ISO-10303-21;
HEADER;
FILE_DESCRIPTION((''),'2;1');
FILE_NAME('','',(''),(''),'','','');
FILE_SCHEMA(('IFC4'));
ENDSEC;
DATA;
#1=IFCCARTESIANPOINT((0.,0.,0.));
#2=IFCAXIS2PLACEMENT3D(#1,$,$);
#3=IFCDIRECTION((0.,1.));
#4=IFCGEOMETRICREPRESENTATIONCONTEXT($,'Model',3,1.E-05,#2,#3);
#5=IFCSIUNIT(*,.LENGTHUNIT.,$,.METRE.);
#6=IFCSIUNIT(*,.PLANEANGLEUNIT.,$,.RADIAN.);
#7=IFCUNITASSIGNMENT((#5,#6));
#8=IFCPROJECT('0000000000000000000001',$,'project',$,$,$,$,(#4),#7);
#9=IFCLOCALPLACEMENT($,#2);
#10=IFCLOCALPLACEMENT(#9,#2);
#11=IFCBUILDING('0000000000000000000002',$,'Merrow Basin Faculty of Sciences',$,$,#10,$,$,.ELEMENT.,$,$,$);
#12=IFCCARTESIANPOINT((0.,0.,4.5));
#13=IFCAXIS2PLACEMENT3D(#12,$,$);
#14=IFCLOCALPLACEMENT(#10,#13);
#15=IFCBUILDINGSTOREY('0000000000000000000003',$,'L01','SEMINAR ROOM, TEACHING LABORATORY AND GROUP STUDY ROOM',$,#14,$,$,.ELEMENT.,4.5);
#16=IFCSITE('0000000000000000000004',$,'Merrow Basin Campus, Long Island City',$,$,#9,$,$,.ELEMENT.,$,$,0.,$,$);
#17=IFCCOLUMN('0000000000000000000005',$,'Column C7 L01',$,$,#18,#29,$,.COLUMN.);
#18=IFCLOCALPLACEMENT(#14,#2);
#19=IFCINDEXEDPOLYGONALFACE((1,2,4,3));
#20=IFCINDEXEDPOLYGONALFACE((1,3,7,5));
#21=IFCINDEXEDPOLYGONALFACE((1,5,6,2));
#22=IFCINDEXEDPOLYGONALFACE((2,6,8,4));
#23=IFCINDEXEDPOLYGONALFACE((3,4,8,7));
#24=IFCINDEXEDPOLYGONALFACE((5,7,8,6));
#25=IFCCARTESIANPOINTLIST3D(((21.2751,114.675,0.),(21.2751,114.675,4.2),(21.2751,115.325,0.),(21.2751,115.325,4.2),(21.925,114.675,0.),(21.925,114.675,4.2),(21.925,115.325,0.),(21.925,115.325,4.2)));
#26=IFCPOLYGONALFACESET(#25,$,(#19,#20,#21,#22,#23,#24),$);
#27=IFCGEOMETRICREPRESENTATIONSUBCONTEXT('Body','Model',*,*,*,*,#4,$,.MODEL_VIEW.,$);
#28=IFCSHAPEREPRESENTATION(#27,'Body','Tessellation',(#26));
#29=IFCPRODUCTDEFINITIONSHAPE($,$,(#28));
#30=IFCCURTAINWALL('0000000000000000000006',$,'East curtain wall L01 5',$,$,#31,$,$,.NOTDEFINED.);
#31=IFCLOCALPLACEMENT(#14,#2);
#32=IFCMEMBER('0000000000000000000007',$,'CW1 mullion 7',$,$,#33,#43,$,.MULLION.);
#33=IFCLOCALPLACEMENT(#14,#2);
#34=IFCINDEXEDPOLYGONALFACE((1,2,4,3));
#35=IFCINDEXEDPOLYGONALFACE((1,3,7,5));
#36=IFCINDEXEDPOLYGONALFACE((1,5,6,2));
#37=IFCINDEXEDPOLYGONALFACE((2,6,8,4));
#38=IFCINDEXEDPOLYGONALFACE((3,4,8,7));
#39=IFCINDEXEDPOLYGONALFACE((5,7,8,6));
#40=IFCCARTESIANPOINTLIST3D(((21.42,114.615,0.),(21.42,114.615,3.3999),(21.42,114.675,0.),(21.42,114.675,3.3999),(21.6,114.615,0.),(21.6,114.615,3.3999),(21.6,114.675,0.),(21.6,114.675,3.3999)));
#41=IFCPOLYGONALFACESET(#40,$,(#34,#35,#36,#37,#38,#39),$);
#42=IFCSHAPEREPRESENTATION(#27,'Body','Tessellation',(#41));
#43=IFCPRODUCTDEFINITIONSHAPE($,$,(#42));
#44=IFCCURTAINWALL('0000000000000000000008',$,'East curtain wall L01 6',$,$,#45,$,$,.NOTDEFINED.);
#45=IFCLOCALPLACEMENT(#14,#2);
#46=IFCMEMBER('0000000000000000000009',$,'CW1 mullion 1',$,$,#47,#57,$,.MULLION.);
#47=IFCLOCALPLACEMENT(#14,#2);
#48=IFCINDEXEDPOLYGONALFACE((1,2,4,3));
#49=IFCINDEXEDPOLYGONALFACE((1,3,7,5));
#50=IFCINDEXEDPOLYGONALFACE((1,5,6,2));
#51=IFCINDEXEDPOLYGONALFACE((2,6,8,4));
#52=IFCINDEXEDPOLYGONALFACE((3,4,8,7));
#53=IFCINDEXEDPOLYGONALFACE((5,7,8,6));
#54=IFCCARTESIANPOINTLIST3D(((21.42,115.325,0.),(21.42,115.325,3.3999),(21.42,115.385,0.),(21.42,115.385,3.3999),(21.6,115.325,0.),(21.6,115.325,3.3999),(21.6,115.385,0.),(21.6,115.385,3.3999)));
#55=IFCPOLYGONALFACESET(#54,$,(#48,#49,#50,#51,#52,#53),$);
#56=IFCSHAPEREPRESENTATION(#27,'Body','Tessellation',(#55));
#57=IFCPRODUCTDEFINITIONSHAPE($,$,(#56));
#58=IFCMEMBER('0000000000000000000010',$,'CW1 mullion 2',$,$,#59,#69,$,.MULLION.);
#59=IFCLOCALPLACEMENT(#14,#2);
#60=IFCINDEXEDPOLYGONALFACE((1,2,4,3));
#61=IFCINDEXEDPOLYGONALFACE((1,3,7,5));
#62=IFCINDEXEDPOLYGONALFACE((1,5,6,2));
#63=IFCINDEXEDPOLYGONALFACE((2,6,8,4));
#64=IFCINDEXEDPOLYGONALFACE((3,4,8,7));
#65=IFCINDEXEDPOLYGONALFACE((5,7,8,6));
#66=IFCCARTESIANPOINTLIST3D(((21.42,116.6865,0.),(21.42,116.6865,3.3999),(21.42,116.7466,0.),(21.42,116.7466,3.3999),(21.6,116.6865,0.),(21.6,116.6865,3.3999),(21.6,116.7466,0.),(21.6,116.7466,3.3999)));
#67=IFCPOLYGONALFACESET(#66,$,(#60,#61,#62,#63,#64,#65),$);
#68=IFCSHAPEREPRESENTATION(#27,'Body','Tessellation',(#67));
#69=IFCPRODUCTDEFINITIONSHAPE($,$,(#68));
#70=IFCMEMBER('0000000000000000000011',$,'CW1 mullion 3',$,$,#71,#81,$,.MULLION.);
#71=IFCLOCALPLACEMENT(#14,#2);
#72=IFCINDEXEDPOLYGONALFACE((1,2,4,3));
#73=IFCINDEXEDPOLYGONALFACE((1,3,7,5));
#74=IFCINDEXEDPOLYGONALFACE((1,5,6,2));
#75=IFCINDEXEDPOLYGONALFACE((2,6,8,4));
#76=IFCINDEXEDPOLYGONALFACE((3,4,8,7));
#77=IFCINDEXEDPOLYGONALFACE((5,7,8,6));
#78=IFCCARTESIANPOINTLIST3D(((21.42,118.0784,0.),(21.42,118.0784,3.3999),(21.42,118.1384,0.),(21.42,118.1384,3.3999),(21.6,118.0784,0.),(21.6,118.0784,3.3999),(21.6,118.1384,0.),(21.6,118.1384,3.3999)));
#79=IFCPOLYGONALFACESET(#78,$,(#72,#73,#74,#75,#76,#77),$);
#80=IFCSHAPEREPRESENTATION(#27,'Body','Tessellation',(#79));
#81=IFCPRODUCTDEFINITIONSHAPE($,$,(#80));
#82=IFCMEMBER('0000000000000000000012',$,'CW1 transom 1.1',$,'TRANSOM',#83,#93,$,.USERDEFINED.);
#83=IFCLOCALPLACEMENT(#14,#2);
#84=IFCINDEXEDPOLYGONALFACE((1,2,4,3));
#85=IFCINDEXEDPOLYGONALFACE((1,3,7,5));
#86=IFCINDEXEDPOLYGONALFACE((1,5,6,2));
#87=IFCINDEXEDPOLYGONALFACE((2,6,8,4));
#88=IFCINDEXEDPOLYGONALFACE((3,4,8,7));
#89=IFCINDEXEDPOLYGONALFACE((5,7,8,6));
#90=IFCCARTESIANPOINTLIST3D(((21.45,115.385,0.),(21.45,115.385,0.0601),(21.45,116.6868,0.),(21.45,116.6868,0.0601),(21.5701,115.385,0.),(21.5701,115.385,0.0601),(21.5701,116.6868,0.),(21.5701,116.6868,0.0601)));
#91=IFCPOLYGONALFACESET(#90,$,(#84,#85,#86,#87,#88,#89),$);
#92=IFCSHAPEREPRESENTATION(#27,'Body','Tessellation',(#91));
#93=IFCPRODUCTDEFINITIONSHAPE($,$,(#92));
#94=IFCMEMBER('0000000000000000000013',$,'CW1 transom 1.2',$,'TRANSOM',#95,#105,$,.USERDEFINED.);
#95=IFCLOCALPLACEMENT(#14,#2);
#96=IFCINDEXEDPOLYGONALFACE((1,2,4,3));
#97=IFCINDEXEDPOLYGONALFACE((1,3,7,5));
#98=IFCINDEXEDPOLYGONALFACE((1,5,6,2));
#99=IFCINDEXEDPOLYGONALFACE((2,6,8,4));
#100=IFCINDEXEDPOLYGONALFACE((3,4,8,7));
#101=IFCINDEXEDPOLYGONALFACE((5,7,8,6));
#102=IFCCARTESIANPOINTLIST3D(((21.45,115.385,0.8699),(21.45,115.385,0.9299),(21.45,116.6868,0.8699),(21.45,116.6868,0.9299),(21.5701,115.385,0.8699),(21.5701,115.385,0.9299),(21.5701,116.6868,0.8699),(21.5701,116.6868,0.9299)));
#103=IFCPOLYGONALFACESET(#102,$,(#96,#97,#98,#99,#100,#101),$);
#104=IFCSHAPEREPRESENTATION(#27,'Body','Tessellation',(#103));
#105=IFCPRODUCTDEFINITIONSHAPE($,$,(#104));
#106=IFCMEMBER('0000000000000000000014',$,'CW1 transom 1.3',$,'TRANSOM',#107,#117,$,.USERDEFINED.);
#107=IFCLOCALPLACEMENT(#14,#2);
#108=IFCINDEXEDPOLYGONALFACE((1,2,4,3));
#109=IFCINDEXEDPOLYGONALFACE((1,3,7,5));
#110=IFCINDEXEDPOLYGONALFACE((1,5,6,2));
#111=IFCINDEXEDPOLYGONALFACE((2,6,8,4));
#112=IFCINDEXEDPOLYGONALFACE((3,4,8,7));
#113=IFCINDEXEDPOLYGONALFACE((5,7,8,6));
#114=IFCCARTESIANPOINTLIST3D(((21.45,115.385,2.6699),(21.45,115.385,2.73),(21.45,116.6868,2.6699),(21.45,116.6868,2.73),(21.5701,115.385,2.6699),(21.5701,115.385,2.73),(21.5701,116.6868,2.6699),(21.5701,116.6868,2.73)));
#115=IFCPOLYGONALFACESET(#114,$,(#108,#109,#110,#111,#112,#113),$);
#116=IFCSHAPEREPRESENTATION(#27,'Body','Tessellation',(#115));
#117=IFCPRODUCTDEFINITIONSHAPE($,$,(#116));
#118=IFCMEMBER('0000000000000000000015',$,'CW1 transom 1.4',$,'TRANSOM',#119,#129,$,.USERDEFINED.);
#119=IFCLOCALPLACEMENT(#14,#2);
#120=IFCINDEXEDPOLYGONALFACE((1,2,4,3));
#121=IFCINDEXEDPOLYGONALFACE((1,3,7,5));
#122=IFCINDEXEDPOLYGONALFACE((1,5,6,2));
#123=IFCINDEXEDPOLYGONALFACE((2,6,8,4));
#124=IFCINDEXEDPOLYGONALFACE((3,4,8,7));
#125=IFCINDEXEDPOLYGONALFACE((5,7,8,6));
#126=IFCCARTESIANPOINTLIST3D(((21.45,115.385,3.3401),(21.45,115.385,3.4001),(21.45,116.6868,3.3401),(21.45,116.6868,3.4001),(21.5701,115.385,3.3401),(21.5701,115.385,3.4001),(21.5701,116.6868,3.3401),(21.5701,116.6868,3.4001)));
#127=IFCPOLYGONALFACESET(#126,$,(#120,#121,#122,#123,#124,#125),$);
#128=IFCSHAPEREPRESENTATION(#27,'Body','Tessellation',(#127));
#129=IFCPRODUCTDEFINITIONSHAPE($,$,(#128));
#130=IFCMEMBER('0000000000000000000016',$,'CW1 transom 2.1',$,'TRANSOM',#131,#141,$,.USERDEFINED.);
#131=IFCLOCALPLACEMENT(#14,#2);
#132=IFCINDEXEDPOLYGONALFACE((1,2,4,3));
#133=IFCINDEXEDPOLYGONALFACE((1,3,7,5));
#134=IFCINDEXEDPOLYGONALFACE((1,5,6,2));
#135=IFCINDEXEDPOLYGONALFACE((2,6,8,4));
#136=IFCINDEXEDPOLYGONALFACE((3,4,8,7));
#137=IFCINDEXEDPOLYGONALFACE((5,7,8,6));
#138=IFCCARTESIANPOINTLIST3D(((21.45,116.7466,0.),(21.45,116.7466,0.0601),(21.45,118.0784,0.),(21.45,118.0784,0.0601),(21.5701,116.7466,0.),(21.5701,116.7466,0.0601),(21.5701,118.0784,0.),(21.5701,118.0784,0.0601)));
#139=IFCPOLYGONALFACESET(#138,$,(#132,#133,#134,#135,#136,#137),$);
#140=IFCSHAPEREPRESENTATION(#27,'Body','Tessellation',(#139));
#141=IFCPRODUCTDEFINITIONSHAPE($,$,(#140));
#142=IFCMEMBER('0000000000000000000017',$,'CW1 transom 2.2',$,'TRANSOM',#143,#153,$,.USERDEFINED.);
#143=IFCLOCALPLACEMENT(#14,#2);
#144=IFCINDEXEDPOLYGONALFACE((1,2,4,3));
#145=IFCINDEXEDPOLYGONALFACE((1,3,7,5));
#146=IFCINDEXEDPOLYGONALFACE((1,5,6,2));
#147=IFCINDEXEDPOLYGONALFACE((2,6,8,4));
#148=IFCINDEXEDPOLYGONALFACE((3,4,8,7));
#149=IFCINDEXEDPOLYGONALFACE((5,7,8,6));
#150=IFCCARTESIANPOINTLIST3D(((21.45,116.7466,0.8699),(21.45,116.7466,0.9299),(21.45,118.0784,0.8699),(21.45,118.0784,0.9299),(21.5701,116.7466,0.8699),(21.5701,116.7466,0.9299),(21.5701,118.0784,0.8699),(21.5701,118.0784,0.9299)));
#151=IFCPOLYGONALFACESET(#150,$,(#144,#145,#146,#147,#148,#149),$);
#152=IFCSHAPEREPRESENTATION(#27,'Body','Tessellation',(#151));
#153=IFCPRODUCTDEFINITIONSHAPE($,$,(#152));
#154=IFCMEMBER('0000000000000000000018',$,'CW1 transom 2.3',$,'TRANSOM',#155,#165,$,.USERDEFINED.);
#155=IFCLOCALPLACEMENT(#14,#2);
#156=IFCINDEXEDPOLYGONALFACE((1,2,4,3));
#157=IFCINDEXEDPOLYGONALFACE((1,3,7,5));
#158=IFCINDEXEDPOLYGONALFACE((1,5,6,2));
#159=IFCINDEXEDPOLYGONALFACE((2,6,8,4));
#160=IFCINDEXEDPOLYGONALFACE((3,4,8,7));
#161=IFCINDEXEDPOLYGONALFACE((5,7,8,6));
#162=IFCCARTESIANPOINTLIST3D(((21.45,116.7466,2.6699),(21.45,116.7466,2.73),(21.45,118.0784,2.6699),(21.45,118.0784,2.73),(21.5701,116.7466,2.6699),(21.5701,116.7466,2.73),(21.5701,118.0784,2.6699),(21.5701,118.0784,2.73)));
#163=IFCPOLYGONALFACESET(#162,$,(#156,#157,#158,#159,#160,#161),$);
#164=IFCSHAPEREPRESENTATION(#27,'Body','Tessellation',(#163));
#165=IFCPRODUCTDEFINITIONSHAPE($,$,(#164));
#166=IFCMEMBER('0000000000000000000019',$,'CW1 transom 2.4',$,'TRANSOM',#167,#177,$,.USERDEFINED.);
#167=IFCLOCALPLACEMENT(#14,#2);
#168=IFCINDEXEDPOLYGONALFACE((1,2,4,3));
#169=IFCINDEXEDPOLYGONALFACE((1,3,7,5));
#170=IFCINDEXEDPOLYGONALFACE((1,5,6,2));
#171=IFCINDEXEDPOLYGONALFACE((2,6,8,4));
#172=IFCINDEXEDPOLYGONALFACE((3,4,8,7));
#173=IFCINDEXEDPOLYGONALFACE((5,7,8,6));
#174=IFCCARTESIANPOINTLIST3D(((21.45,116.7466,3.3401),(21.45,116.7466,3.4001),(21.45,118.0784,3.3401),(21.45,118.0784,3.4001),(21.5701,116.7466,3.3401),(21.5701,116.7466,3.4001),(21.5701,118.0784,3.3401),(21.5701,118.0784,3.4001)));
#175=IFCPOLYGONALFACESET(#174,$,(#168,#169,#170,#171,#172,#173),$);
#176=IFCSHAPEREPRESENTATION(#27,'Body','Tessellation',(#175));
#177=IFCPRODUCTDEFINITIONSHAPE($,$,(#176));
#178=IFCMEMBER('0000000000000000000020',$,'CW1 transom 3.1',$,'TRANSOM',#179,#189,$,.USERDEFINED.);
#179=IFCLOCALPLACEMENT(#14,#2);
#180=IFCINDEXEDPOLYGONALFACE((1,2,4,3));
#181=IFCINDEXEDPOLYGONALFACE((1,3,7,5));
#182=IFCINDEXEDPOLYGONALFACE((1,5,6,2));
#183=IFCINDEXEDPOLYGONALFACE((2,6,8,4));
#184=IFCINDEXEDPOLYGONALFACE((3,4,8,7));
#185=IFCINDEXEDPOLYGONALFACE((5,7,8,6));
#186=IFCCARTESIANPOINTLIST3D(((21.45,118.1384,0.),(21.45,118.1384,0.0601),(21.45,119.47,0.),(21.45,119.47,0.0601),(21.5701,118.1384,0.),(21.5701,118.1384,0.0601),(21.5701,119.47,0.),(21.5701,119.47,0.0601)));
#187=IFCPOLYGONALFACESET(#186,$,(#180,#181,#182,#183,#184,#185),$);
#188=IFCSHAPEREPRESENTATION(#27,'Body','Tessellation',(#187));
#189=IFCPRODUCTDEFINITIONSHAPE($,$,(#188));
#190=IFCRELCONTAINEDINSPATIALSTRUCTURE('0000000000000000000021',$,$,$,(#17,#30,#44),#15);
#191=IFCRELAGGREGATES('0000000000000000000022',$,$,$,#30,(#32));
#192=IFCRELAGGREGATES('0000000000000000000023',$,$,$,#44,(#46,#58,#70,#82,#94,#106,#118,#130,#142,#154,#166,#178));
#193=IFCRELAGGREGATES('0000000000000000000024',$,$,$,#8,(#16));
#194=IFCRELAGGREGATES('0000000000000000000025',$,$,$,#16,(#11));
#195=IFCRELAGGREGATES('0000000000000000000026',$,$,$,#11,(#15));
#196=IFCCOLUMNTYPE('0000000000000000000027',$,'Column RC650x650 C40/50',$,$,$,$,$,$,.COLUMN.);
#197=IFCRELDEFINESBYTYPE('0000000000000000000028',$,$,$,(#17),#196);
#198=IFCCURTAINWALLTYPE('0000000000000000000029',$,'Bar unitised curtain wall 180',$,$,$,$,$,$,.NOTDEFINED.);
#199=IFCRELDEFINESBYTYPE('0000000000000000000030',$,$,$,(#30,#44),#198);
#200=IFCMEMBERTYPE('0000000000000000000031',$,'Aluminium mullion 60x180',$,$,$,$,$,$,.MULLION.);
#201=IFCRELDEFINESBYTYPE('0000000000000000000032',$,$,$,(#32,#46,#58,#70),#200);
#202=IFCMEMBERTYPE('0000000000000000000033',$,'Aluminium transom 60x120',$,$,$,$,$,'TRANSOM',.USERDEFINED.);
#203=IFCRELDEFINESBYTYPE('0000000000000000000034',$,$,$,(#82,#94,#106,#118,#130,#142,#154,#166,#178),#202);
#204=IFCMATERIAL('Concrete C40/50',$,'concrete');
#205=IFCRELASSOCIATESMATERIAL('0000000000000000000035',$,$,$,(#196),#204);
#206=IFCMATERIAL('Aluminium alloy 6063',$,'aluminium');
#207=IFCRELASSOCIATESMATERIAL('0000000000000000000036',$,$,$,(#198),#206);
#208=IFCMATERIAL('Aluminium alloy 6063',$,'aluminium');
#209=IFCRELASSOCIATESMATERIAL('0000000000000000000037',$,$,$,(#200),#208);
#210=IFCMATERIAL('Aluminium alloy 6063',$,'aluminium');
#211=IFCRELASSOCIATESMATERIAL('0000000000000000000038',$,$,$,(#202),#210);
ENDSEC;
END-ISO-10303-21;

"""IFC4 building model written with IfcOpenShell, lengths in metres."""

from ifc_helpers import new_model, si_unit, direction, frame, origin, origin_2d, place, context, subcontext, project, spatial, rectangle, extrude, material, material_profile, profile_set, type_object, element, aggregate, save


model = new_model("IFC4")

# Units and contexts
model_context = context("Model", 3, precision=1e-05, world=origin(), true_north=direction((0.0, 1.0)))
body_context = subcontext(model_context, "Body", "Model", "MODEL_VIEW")
ifc_project = project(units=[si_unit("LENGTHUNIT", "METRE"), si_unit("PLANEANGLEUNIT", "RADIAN")], contexts=[model_context])

# Site, building, storey
site_placement = place(None, origin())
site = spatial("IfcSite", under=ifc_project, at=site_placement, Name="Merrow Basin Campus, Long Island City", CompositionType="ELEMENT", RefElevation=0.0)
building_placement = place(site_placement, origin())
building = spatial("IfcBuilding", under=site, at=building_placement, Name="Merrow Basin Faculty of Sciences", CompositionType="ELEMENT")
storey_placement = place(building_placement, frame((0.0, 0.0, 4.5)))
storey = spatial("IfcBuildingStorey", under=building, at=storey_placement, Name="L01", Description="SEMINAR ROOM, TEACHING LABORATORY AND GROUP STUDY ROOM", CompositionType="ELEMENT", Elevation=4.5)

# Column
ifc_material_1 = material(Name="Concrete C40/50", Category="concrete")
ifc_material_profile_1 = material_profile(ifc_material_1, rectangle(XDim=0.6499, YDim=0.6499, at=origin_2d()))
ifc_profile_set_1 = profile_set([ifc_material_profile_1], Name="Concrete C40/50")
column_type = type_object("IfcColumnType", Name="Column RC650x650 C40/50", PredefinedType="COLUMN", material=ifc_profile_set_1)
column_placement = place(storey_placement, frame((21.6001, 115.0, 0.0), z_axis=(0.0, 0.0, 1.0), x_axis=(1.0, 0.0, 0.0)))
element("IfcColumn", 1, at=column_placement, inside=storey, type_object=column_type, Name="Column C7 L01", PredefinedType="COLUMN", context=body_context, shape_type="SweptSolid", body=[
    extrude(rectangle(XDim=0.6499, YDim=0.6499, at=origin_2d()), origin(), (0.0, 0.0, 1.0), 4.2),
])

# Curtain wall, member
ifc_material_2 = material(Name="Aluminium alloy 6063", Category="aluminium")
curtain_wall_type = type_object("IfcCurtainWallType", Name="Bar unitised curtain wall 180", PredefinedType="NOTDEFINED", material=ifc_material_2)
curtain_wall_1_placement = place(storey_placement, origin())
curtain_wall_1 = element("IfcCurtainWall", 2, at=curtain_wall_1_placement, inside=storey, type_object=curtain_wall_type, Name="East curtain wall L01 5", PredefinedType="NOTDEFINED")
ifc_material_3 = material(Name="Aluminium alloy 6063", Category="aluminium")
ifc_material_profile_2 = material_profile(ifc_material_3, rectangle(XDim=0.1799, YDim=0.0601, at=origin_2d()))
ifc_profile_set_2 = profile_set([ifc_material_profile_2], Name="Aluminium alloy 6063")
member_type_1 = type_object("IfcMemberType", Name="Aluminium mullion 60x180", PredefinedType="MULLION", material=ifc_profile_set_2)
member_1_placement = place(storey_placement, frame((21.51, 114.645, 0.0), z_axis=(0.0, 0.0, 1.0), x_axis=(-1.0, 0.0, 0.0)))
member_1 = element("IfcMember", 3, at=member_1_placement, type_object=member_type_1, Name="CW1 mullion 7", PredefinedType="MULLION", context=body_context, shape_type="SweptSolid", body=[
    extrude(rectangle(XDim=0.1799, YDim=0.0601, at=origin_2d()), origin(), (0.0, 0.0, 1.0), 3.3999),
])

# Curtain wall, members
curtain_wall_2_placement = place(storey_placement, origin())
curtain_wall_2 = element("IfcCurtainWall", 4, at=curtain_wall_2_placement, inside=storey, type_object=curtain_wall_type, Name="East curtain wall L01 6", PredefinedType="NOTDEFINED")
member_2_placement = place(storey_placement, frame((21.51, 115.355, 0.0), z_axis=(0.0, 0.0, 1.0), x_axis=(-1.0, 0.0, 0.0)))
member_2 = element("IfcMember", 5, at=member_2_placement, type_object=member_type_1, Name="CW1 mullion 1", PredefinedType="MULLION", context=body_context, shape_type="SweptSolid", body=[
    extrude(rectangle(XDim=0.1799, YDim=0.0601, at=origin_2d()), origin(), (0.0, 0.0, 1.0), 3.3999),
])
member_3_placement = place(storey_placement, frame((21.51, 116.7166, 0.0), z_axis=(0.0, 0.0, 1.0), x_axis=(-1.0, 0.0, 0.0)))
member_3 = element("IfcMember", 6, at=member_3_placement, type_object=member_type_1, Name="CW1 mullion 2", PredefinedType="MULLION", context=body_context, shape_type="SweptSolid", body=[
    extrude(rectangle(XDim=0.1799, YDim=0.0601, at=origin_2d()), origin(), (0.0, 0.0, 1.0), 3.3999),
])
member_4_placement = place(storey_placement, frame((21.51, 118.1084, 0.0), z_axis=(0.0, 0.0, 1.0), x_axis=(-1.0, 0.0, 0.0)))
member_4 = element("IfcMember", 7, at=member_4_placement, type_object=member_type_1, Name="CW1 mullion 3", PredefinedType="MULLION", context=body_context, shape_type="SweptSolid", body=[
    extrude(rectangle(XDim=0.1799, YDim=0.0601, at=origin_2d()), origin(), (0.0, 0.0, 1.0), 3.3999),
])
ifc_material_4 = material(Name="Aluminium alloy 6063", Category="aluminium")
ifc_material_profile_3 = material_profile(ifc_material_4, rectangle(XDim=0.1201, YDim=0.0601, at=origin_2d()))
ifc_profile_set_3 = profile_set([ifc_material_profile_3], Name="Aluminium alloy 6063")
member_type_2 = type_object("IfcMemberType", Name="Aluminium transom 60x120", ElementType="TRANSOM", PredefinedType="USERDEFINED", material=ifc_profile_set_3)
member_5_placement = place(storey_placement, frame((21.51, 115.385, 0.03), z_axis=(0.0, 1.0, 0.0), x_axis=(-1.0, 0.0, 0.0)))
member_5 = element("IfcMember", 8, at=member_5_placement, type_object=member_type_2, Name="CW1 transom 1.1", ObjectType="TRANSOM", PredefinedType="USERDEFINED", context=body_context, shape_type="SweptSolid", body=[
    extrude(rectangle(XDim=0.1201, YDim=0.0601, at=origin_2d()), origin(), (0.0, 0.0, 1.0), 1.3018),
])
member_6_placement = place(storey_placement, frame((21.51, 115.385, 0.8999), z_axis=(0.0, 1.0, 0.0), x_axis=(-1.0, 0.0, 0.0)))
member_6 = element("IfcMember", 9, at=member_6_placement, type_object=member_type_2, Name="CW1 transom 1.2", ObjectType="TRANSOM", PredefinedType="USERDEFINED", context=body_context, shape_type="SweptSolid", body=[
    extrude(rectangle(XDim=0.1201, YDim=0.0601, at=origin_2d()), origin(), (0.0, 0.0, 1.0), 1.3018),
])
member_7_placement = place(storey_placement, frame((21.51, 115.385, 2.7), z_axis=(0.0, 1.0, 0.0), x_axis=(-1.0, 0.0, 0.0)))
member_7 = element("IfcMember", 10, at=member_7_placement, type_object=member_type_2, Name="CW1 transom 1.3", ObjectType="TRANSOM", PredefinedType="USERDEFINED", context=body_context, shape_type="SweptSolid", body=[
    extrude(rectangle(XDim=0.1201, YDim=0.0601, at=origin_2d()), origin(), (0.0, 0.0, 1.0), 1.3018),
])
member_8_placement = place(storey_placement, frame((21.51, 115.385, 3.3701), z_axis=(0.0, 1.0, 0.0), x_axis=(-1.0, 0.0, 0.0)))
member_8 = element("IfcMember", 11, at=member_8_placement, type_object=member_type_2, Name="CW1 transom 1.4", ObjectType="TRANSOM", PredefinedType="USERDEFINED", context=body_context, shape_type="SweptSolid", body=[
    extrude(rectangle(XDim=0.1201, YDim=0.0601, at=origin_2d()), origin(), (0.0, 0.0, 1.0), 1.3018),
])
member_9_placement = place(storey_placement, frame((21.51, 116.7466, 0.03), z_axis=(0.0, 1.0, 0.0), x_axis=(-1.0, 0.0, 0.0)))
member_9 = element("IfcMember", 12, at=member_9_placement, type_object=member_type_2, Name="CW1 transom 2.1", ObjectType="TRANSOM", PredefinedType="USERDEFINED", context=body_context, shape_type="SweptSolid", body=[
    extrude(rectangle(XDim=0.1201, YDim=0.0601, at=origin_2d()), origin(), (0.0, 0.0, 1.0), 1.3318),
])
member_10_placement = place(storey_placement, frame((21.51, 116.7466, 0.8999), z_axis=(0.0, 1.0, 0.0), x_axis=(-1.0, 0.0, 0.0)))
member_10 = element("IfcMember", 13, at=member_10_placement, type_object=member_type_2, Name="CW1 transom 2.2", ObjectType="TRANSOM", PredefinedType="USERDEFINED", context=body_context, shape_type="SweptSolid", body=[
    extrude(rectangle(XDim=0.1201, YDim=0.0601, at=origin_2d()), origin(), (0.0, 0.0, 1.0), 1.3318),
])
member_11_placement = place(storey_placement, frame((21.51, 116.7466, 2.7), z_axis=(0.0, 1.0, 0.0), x_axis=(-1.0, 0.0, 0.0)))
member_11 = element("IfcMember", 14, at=member_11_placement, type_object=member_type_2, Name="CW1 transom 2.3", ObjectType="TRANSOM", PredefinedType="USERDEFINED", context=body_context, shape_type="SweptSolid", body=[
    extrude(rectangle(XDim=0.1201, YDim=0.0601, at=origin_2d()), origin(), (0.0, 0.0, 1.0), 1.3318),
])
member_12_placement = place(storey_placement, frame((21.51, 116.7466, 3.3701), z_axis=(0.0, 1.0, 0.0), x_axis=(-1.0, 0.0, 0.0)))
member_12 = element("IfcMember", 15, at=member_12_placement, type_object=member_type_2, Name="CW1 transom 2.4", ObjectType="TRANSOM", PredefinedType="USERDEFINED", context=body_context, shape_type="SweptSolid", body=[
    extrude(rectangle(XDim=0.1201, YDim=0.0601, at=origin_2d()), origin(), (0.0, 0.0, 1.0), 1.3318),
])
member_13_placement = place(storey_placement, frame((21.51, 118.1384, 0.03), z_axis=(0.0, 1.0, 0.0), x_axis=(-1.0, 0.0, 0.0)))
member_13 = element("IfcMember", 16, at=member_13_placement, type_object=member_type_2, Name="CW1 transom 3.1", ObjectType="TRANSOM", PredefinedType="USERDEFINED", context=body_context, shape_type="SweptSolid", body=[
    extrude(rectangle(XDim=0.1201, YDim=0.0601, at=origin_2d()), origin(), (0.0, 0.0, 1.0), 1.3315),
])

aggregate(curtain_wall_1, [member_1])
aggregate(curtain_wall_2, [member_2, member_3, member_4, member_5, member_6, member_7, member_8, member_9, member_10, member_11, member_12, member_13])

save(model, "model.ifc")
